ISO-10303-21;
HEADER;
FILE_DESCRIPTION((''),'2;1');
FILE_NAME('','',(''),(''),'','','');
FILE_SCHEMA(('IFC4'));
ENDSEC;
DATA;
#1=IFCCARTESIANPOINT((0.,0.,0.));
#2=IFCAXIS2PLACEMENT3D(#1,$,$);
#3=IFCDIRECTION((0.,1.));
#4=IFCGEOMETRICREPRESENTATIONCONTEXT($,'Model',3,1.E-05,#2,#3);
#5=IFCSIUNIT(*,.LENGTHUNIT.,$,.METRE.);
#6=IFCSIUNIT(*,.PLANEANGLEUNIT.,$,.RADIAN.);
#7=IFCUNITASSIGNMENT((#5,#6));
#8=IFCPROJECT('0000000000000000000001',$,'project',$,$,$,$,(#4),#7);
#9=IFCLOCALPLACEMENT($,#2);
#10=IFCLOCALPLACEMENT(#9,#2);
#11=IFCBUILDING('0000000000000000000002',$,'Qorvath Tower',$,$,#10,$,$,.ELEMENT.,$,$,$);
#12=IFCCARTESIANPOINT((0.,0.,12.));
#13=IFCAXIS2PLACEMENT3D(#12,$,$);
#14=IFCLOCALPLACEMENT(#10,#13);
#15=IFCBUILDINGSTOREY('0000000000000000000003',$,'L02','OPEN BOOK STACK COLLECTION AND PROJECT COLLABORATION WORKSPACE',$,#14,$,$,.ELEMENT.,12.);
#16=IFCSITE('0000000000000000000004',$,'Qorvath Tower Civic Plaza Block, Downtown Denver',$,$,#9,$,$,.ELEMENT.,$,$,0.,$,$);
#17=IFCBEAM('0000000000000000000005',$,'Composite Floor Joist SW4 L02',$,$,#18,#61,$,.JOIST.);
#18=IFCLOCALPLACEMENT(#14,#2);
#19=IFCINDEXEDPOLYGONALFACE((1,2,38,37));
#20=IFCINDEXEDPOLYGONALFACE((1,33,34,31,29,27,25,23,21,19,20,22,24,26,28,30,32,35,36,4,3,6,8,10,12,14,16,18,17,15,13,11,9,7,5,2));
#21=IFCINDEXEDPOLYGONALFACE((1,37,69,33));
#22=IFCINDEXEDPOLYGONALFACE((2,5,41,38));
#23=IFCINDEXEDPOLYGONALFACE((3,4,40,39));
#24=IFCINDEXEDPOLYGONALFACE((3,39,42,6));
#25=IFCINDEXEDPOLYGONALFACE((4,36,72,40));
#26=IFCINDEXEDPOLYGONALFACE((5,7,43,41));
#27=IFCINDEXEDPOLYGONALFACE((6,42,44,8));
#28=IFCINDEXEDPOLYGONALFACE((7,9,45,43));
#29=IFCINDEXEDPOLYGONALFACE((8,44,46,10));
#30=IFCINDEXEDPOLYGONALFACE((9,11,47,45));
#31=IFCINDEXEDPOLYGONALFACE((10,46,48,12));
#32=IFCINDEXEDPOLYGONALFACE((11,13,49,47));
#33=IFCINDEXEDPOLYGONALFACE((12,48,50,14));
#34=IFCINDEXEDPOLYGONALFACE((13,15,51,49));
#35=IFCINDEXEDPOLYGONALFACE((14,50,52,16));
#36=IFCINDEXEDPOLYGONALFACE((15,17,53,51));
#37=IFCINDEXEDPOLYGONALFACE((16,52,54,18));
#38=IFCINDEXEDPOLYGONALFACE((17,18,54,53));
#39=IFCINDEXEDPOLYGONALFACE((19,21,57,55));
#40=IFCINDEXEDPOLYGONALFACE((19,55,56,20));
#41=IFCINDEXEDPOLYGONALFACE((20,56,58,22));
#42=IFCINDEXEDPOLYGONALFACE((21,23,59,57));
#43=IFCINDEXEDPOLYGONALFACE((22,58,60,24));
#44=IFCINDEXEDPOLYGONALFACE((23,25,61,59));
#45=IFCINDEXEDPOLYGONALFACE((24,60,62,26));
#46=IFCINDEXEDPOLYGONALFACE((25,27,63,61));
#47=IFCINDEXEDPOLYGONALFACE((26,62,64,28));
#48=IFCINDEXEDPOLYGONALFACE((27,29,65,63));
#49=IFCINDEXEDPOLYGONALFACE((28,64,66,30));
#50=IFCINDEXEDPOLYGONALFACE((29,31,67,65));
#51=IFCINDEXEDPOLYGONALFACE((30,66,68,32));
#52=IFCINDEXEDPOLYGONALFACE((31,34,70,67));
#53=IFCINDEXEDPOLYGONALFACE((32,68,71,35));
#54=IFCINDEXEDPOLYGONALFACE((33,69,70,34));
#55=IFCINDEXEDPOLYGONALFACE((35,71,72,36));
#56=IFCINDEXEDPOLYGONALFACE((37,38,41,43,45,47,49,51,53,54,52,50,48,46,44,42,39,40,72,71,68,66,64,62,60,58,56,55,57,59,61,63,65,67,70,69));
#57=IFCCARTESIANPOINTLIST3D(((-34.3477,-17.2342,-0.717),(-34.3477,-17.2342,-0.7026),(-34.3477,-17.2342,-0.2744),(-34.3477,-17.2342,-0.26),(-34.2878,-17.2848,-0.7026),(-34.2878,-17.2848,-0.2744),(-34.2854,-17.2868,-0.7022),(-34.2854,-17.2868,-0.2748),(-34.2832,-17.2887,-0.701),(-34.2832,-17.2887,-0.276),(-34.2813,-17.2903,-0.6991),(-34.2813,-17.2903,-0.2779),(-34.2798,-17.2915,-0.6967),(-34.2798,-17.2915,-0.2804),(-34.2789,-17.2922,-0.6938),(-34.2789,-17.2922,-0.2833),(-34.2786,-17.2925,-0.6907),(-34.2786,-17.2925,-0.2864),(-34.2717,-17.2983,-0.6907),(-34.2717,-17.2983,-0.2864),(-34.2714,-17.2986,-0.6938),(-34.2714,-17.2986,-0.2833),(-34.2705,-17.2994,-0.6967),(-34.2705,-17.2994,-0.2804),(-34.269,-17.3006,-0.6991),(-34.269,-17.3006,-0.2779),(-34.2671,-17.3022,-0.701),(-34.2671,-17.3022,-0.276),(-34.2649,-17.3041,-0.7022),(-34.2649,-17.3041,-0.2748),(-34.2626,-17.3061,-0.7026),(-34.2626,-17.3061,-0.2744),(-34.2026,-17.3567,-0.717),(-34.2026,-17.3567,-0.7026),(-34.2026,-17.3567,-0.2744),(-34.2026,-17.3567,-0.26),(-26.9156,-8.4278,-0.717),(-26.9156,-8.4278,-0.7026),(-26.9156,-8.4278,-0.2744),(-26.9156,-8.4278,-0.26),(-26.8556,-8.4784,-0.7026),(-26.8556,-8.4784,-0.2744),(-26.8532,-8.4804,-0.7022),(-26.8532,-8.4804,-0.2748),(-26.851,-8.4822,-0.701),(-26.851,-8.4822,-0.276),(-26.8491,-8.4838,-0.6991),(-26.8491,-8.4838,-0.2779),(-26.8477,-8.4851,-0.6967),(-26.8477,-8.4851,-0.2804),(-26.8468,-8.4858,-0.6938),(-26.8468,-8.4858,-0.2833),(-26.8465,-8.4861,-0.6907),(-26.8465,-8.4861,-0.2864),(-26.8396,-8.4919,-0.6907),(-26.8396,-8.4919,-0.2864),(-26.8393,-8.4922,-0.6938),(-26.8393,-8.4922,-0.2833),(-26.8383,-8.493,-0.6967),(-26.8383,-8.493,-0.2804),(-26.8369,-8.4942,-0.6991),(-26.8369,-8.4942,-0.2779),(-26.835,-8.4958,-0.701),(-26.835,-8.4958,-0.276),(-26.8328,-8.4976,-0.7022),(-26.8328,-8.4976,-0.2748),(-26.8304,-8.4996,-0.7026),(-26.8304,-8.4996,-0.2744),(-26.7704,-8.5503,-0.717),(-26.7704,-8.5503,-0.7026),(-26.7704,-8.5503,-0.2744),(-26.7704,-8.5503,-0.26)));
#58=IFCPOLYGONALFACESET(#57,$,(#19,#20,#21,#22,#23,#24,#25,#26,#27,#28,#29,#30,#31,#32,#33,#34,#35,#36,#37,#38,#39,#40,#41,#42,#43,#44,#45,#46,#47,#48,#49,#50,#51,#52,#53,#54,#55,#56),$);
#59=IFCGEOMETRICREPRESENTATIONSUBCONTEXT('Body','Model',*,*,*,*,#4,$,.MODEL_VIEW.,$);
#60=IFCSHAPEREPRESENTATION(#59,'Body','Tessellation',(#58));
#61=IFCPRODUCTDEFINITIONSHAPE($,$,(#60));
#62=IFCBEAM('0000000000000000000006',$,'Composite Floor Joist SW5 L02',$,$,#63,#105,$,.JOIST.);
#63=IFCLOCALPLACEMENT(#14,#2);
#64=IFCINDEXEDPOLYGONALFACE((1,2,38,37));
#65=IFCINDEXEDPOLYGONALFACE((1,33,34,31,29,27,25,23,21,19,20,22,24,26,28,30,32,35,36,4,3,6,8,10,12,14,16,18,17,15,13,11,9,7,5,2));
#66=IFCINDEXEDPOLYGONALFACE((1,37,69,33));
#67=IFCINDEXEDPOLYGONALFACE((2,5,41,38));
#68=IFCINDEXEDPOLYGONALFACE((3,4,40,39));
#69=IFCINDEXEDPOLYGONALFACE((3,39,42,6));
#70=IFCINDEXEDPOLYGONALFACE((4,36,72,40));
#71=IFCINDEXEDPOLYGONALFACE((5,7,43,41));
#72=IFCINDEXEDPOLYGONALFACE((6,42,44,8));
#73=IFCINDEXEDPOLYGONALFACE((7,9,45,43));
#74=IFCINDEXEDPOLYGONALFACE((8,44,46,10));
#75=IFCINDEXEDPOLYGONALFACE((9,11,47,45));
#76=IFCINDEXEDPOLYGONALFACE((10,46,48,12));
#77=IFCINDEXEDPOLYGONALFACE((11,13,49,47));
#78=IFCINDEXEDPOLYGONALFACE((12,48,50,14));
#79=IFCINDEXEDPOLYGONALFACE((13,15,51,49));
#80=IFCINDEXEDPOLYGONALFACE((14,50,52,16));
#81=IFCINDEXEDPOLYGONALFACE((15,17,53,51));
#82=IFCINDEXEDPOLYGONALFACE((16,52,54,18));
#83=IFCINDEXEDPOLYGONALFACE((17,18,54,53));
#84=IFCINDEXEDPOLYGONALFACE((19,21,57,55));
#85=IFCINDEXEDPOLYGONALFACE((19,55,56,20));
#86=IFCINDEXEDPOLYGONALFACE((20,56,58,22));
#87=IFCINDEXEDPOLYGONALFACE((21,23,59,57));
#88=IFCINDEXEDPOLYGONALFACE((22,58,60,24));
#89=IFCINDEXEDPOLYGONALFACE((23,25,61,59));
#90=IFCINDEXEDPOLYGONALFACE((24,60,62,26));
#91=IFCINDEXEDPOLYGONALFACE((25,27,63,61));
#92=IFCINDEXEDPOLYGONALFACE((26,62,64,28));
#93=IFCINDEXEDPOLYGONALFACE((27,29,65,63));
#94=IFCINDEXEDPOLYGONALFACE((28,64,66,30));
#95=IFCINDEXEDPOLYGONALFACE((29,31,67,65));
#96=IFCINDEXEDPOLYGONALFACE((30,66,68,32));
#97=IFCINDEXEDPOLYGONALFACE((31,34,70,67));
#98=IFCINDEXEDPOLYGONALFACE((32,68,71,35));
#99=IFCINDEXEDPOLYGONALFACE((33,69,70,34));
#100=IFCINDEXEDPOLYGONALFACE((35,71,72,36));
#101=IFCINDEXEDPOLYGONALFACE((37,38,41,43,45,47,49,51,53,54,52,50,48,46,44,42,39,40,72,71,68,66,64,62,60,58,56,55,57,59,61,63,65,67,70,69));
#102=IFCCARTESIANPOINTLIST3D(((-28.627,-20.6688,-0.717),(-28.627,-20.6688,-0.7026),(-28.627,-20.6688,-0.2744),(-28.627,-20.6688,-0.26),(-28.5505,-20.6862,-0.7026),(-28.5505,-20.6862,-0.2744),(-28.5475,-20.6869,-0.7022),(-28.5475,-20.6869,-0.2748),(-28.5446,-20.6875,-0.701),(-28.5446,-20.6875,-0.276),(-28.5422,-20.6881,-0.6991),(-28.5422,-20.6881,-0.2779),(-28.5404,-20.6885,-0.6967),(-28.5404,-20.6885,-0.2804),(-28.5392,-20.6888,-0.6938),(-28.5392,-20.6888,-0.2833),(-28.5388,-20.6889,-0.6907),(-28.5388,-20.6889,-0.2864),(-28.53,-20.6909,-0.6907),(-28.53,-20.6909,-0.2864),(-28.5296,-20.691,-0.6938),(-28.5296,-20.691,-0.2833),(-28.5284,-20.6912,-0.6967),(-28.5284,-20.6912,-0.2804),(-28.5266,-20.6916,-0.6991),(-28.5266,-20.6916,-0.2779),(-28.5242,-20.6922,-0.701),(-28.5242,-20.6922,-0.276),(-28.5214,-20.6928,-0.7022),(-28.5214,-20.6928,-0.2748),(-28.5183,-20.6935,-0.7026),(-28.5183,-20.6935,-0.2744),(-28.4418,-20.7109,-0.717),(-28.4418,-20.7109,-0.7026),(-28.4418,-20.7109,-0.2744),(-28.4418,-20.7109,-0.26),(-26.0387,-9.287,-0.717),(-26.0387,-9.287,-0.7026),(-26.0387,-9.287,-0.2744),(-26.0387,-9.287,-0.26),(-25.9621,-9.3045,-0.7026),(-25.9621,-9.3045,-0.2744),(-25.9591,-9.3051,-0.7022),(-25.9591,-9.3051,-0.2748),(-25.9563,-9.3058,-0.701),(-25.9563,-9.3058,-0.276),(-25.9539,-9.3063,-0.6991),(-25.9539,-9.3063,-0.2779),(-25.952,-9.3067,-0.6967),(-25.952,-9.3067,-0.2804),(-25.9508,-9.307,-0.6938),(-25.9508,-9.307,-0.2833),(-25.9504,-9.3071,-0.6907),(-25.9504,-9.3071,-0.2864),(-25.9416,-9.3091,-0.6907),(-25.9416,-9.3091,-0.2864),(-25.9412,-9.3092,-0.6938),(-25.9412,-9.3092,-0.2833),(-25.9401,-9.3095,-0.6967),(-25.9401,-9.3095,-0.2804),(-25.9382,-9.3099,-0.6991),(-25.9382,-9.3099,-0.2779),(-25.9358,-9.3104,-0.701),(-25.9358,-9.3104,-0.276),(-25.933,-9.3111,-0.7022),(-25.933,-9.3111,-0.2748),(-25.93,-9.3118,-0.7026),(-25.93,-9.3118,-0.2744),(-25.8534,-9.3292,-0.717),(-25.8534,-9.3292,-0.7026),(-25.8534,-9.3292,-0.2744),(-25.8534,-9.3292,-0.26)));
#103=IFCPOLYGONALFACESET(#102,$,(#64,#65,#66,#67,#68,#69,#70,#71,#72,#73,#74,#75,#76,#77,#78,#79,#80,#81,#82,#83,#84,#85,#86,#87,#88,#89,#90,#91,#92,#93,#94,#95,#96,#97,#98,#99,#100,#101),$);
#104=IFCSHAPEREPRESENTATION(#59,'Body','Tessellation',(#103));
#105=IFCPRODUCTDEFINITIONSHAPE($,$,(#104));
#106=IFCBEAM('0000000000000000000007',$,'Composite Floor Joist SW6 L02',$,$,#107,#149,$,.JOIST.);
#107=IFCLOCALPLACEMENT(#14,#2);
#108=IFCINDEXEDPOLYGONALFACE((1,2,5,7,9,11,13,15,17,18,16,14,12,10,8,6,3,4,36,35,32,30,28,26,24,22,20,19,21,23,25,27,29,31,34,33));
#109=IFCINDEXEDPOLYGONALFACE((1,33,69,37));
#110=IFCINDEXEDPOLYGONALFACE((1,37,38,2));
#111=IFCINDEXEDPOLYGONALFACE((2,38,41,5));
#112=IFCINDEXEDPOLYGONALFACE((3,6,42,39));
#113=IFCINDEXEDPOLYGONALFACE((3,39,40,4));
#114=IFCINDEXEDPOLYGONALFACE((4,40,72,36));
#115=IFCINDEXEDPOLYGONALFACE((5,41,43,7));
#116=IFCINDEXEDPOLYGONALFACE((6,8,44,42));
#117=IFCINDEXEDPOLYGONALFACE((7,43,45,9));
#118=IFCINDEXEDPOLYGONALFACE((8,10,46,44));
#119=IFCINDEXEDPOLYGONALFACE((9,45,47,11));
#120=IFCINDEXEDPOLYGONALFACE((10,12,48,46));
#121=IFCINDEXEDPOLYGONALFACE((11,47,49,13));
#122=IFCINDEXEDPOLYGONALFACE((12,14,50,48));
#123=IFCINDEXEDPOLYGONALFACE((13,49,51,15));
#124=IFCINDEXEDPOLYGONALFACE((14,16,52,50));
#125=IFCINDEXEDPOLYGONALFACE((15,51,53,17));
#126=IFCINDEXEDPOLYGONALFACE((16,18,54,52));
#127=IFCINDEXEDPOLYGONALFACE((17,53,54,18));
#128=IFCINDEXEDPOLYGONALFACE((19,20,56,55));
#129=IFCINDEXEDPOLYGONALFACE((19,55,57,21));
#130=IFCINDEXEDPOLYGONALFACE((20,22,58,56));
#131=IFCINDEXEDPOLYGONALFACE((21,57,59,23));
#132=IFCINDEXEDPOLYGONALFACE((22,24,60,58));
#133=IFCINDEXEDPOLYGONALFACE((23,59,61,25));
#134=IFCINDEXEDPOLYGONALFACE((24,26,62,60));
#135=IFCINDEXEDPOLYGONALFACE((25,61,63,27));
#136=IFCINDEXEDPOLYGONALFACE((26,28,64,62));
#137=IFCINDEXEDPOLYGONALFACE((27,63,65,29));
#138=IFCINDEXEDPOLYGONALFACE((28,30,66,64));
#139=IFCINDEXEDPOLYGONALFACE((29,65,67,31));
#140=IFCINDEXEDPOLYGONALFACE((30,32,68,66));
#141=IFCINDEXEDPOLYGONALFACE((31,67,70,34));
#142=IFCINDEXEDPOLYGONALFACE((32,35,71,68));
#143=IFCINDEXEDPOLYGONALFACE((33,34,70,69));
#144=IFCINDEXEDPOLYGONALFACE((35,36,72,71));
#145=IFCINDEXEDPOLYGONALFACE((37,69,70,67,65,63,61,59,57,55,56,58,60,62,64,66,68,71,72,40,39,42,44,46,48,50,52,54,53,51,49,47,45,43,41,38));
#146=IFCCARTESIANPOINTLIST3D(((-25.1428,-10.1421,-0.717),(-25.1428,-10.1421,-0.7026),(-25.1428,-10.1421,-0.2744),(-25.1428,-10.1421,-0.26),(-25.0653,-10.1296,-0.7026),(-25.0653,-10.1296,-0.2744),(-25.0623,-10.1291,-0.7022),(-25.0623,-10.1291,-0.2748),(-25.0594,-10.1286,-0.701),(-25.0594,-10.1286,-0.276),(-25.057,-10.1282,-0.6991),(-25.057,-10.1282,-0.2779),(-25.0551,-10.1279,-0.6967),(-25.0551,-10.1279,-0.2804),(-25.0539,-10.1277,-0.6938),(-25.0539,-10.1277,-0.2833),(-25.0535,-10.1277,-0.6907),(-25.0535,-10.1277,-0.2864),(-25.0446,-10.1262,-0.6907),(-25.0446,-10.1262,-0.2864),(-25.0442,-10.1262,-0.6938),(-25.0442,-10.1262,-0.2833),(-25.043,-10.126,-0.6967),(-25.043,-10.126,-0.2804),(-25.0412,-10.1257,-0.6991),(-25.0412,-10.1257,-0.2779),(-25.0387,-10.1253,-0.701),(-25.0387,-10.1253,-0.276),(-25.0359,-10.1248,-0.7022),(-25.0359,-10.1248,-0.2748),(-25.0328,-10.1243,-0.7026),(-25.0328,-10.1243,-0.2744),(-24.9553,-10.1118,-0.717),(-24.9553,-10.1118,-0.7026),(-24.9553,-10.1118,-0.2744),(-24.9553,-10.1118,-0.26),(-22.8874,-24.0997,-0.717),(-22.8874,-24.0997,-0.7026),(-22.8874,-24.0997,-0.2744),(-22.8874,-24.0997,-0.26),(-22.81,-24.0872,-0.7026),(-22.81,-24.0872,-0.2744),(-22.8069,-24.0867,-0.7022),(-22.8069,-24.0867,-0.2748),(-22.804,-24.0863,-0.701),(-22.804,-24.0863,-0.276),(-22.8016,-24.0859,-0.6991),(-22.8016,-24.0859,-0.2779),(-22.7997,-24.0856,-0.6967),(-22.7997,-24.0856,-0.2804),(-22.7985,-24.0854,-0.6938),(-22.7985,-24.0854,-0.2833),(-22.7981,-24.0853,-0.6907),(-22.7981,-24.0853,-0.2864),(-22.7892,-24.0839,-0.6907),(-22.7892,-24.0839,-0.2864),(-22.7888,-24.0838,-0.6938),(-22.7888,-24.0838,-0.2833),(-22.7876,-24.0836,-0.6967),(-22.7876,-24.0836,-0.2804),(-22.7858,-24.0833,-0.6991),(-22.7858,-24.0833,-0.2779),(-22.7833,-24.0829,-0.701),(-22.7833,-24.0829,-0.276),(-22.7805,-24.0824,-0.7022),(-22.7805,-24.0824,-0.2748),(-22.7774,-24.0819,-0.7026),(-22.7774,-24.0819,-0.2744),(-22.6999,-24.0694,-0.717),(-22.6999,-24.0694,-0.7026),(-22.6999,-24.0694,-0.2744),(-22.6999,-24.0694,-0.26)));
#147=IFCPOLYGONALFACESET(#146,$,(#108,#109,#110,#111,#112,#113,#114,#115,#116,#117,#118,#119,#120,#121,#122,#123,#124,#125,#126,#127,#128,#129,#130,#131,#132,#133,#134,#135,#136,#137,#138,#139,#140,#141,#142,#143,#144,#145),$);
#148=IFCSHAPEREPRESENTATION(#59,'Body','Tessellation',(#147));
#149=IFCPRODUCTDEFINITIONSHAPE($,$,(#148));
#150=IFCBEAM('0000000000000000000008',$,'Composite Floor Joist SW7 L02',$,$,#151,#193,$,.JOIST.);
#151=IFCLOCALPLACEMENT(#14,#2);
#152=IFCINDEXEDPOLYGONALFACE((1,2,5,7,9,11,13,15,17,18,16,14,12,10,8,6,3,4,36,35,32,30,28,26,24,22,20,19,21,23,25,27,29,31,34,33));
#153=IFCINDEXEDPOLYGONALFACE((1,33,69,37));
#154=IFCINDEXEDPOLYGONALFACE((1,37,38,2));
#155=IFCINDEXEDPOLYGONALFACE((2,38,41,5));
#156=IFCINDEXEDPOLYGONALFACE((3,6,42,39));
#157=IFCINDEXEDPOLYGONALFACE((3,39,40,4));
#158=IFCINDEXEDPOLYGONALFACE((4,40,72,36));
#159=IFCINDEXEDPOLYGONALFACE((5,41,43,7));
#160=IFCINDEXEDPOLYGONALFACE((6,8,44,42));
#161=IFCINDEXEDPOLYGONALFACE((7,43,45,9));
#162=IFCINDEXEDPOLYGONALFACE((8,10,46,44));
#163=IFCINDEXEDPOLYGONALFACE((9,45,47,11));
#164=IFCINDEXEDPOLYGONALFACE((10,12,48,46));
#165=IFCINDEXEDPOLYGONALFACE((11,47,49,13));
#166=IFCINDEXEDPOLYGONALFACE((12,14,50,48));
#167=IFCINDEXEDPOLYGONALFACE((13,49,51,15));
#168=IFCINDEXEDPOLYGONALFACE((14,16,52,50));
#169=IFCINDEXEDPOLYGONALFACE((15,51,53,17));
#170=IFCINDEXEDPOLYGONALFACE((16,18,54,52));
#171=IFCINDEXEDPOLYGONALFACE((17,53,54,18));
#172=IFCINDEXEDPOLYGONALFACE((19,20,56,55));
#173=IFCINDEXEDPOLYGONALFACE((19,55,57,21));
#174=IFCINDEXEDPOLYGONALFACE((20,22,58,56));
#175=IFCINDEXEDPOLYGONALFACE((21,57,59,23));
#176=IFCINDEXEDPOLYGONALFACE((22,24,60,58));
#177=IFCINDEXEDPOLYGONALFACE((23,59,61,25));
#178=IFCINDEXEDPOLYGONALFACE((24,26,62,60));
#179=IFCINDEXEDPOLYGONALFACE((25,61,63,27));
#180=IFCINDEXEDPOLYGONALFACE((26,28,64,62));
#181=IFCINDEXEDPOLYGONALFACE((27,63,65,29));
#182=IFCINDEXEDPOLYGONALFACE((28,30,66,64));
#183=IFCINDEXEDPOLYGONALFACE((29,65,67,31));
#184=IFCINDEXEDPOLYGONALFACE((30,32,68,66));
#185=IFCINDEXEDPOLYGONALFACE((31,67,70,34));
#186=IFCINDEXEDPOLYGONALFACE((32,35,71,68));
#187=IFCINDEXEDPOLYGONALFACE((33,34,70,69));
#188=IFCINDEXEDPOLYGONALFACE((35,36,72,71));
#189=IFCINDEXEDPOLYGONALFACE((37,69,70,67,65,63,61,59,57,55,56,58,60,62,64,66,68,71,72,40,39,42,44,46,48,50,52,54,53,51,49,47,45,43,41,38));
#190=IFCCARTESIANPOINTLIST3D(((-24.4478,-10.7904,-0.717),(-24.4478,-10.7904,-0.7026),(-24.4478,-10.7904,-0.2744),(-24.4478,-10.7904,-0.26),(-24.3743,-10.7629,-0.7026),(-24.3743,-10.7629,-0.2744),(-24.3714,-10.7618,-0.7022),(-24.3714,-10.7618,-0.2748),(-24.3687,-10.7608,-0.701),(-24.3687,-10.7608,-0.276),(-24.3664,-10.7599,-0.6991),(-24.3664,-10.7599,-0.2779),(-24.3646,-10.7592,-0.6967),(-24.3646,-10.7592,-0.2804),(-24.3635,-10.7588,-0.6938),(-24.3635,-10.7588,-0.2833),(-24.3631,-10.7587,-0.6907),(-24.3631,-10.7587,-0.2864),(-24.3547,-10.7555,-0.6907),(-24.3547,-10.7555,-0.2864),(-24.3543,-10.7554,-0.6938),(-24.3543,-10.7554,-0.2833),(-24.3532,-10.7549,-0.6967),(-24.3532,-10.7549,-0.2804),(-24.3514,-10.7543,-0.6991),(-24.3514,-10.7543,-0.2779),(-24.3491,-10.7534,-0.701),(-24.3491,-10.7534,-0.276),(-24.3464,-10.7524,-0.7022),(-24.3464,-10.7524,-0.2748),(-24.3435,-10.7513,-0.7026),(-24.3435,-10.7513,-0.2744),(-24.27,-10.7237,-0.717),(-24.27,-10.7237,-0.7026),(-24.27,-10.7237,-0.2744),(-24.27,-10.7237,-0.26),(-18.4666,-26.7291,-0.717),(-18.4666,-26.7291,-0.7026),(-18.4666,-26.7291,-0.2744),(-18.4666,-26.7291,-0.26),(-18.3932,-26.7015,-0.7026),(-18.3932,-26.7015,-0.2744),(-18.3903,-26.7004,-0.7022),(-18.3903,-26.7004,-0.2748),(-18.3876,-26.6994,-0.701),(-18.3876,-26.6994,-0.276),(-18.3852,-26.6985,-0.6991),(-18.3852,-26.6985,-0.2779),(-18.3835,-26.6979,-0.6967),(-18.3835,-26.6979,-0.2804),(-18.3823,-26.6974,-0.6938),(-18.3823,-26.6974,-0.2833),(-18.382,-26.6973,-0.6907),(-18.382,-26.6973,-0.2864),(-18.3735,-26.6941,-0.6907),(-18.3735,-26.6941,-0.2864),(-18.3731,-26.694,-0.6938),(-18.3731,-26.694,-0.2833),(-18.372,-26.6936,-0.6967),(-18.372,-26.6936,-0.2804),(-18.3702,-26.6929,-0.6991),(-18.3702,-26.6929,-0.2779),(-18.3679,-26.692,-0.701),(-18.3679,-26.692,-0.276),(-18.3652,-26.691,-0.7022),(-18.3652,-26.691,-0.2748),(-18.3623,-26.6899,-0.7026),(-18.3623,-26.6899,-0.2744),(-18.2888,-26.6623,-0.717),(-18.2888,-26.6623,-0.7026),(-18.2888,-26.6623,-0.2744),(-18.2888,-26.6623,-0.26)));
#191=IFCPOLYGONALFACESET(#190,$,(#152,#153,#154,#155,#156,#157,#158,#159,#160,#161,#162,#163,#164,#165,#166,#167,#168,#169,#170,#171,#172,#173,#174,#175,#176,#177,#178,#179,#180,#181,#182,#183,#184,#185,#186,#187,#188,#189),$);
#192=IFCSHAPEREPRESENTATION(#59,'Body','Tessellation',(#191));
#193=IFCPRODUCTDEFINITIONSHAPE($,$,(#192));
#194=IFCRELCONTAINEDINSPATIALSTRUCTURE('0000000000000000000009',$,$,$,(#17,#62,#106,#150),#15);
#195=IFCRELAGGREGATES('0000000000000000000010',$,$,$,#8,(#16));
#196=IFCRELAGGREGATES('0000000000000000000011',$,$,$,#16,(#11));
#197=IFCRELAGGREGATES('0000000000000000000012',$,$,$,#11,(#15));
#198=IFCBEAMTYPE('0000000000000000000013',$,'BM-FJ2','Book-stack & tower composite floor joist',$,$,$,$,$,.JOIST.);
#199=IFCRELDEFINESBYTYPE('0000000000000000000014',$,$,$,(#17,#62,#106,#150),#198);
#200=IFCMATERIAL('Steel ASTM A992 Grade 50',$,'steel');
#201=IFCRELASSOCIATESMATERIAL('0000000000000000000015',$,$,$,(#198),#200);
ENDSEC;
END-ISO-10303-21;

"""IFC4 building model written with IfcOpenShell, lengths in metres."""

from ifc_helpers import new_model, si_unit, direction, frame, origin, origin_2d, place, context, subcontext, project, spatial, i_section, extrude, material, material_profile, profile_set, type_object, element, save


model = new_model("IFC4")

# Units and contexts
model_context = context("Model", 3, precision=1e-05, world=origin(), true_north=direction((0.0, 1.0)))
body_context = subcontext(model_context, "Body", "Model", "MODEL_VIEW")
ifc_project = project(units=[si_unit("LENGTHUNIT", "METRE"), si_unit("PLANEANGLEUNIT", "RADIAN")], contexts=[model_context])

# Site, building, storey
site_placement = place(None, origin())
site = spatial("IfcSite", under=ifc_project, at=site_placement, Name="Qorvath Tower Civic Plaza Block, Downtown Denver", CompositionType="ELEMENT", RefElevation=0.0)
building_placement = place(site_placement, origin())
building = spatial("IfcBuilding", under=site, at=building_placement, Name="Qorvath Tower", CompositionType="ELEMENT")
storey_placement = place(building_placement, frame((0.0, 0.0, 12.0)))
storey = spatial("IfcBuildingStorey", under=building, at=storey_placement, Name="L02", Description="OPEN BOOK STACK COLLECTION AND PROJECT COLLABORATION WORKSPACE", CompositionType="ELEMENT", Elevation=12.0)

# Beams
ifc_material_1 = material(Name="Steel ASTM A992 Grade 50", Category="steel")
ifc_material_profile_1 = material_profile(ifc_material_1, i_section(OverallWidth=0.1899, OverallDepth=0.457, WebThickness=0.009, FlangeThickness=0.0144, FilletRadius=0.012, at=origin_2d()), Name="W18x50")
ifc_profile_set_1 = profile_set([ifc_material_profile_1], Name="Steel ASTM A992 Grade 50")
beam_type_1 = type_object("IfcBeamType", Name="BM-FJ2", Description="Book-stack & tower composite floor joist", PredefinedType="JOIST", material=ifc_profile_set_1)
beam_1_placement = place(storey_placement, frame((-26.843, -8.489, -0.4885), z_axis=(-0.644959, -0.764217, 0.0), x_axis=(0.764217, -0.644959, 0.0)))
element("IfcBeam", 1, at=beam_1_placement, inside=storey, type_object=beam_type_1, Name="Composite Floor Joist SW4 L02", PredefinedType="JOIST", context=body_context, shape_type="SweptSolid", body=[
    extrude(i_section(OverallWidth=0.1899, OverallDepth=0.457, WebThickness=0.009, FlangeThickness=0.0144, FilletRadius=0.012, at=origin_2d()), origin(), (0.0, 0.0, 1.0), 11.5234),
])
beam_2_placement = place(storey_placement, frame((-25.946, -9.3081, -0.4885), z_axis=(-0.221751, -0.975103, 0.0), x_axis=(0.975103, -0.221751, 0.0)))
element("IfcBeam", 2, at=beam_2_placement, inside=storey, type_object=beam_type_1, Name="Composite Floor Joist SW5 L02", PredefinedType="JOIST", context=body_context, shape_type="SweptSolid", body=[
    extrude(i_section(OverallWidth=0.1899, OverallDepth=0.457, WebThickness=0.009, FlangeThickness=0.0144, FilletRadius=0.012, at=origin_2d()), origin(), (0.0, 0.0, 1.0), 11.6724),
])
beam_3_placement = place(storey_placement, frame((-25.0491, -10.127, -0.4885), z_axis=(0.159519, -0.987195, 0.0), x_axis=(0.987195, 0.159519, 0.0)))
element("IfcBeam", 3, at=beam_3_placement, inside=storey, type_object=beam_type_1, Name="Composite Floor Joist SW6 L02", PredefinedType="JOIST", context=body_context, shape_type="SweptSolid", body=[
    extrude(i_section(OverallWidth=0.1899, OverallDepth=0.457, WebThickness=0.009, FlangeThickness=0.0144, FilletRadius=0.012, at=origin_2d()), origin(), (0.0, 0.0, 1.0), 14.1387),
])
beam_4_placement = place(storey_placement, frame((-24.3589, -10.7571, -0.4885), z_axis=(0.351339, -0.936248, 0.0), x_axis=(0.936248, 0.351339, 0.0)))
element("IfcBeam", 4, at=beam_4_placement, inside=storey, type_object=beam_type_1, Name="Composite Floor Joist SW7 L02", PredefinedType="JOIST", context=body_context, shape_type="SweptSolid", body=[
    extrude(i_section(OverallWidth=0.1899, OverallDepth=0.457, WebThickness=0.009, FlangeThickness=0.0144, FilletRadius=0.012, at=origin_2d()), origin(), (0.0, 0.0, 1.0), 17.0239),
])

save(model, "model.ifc")
